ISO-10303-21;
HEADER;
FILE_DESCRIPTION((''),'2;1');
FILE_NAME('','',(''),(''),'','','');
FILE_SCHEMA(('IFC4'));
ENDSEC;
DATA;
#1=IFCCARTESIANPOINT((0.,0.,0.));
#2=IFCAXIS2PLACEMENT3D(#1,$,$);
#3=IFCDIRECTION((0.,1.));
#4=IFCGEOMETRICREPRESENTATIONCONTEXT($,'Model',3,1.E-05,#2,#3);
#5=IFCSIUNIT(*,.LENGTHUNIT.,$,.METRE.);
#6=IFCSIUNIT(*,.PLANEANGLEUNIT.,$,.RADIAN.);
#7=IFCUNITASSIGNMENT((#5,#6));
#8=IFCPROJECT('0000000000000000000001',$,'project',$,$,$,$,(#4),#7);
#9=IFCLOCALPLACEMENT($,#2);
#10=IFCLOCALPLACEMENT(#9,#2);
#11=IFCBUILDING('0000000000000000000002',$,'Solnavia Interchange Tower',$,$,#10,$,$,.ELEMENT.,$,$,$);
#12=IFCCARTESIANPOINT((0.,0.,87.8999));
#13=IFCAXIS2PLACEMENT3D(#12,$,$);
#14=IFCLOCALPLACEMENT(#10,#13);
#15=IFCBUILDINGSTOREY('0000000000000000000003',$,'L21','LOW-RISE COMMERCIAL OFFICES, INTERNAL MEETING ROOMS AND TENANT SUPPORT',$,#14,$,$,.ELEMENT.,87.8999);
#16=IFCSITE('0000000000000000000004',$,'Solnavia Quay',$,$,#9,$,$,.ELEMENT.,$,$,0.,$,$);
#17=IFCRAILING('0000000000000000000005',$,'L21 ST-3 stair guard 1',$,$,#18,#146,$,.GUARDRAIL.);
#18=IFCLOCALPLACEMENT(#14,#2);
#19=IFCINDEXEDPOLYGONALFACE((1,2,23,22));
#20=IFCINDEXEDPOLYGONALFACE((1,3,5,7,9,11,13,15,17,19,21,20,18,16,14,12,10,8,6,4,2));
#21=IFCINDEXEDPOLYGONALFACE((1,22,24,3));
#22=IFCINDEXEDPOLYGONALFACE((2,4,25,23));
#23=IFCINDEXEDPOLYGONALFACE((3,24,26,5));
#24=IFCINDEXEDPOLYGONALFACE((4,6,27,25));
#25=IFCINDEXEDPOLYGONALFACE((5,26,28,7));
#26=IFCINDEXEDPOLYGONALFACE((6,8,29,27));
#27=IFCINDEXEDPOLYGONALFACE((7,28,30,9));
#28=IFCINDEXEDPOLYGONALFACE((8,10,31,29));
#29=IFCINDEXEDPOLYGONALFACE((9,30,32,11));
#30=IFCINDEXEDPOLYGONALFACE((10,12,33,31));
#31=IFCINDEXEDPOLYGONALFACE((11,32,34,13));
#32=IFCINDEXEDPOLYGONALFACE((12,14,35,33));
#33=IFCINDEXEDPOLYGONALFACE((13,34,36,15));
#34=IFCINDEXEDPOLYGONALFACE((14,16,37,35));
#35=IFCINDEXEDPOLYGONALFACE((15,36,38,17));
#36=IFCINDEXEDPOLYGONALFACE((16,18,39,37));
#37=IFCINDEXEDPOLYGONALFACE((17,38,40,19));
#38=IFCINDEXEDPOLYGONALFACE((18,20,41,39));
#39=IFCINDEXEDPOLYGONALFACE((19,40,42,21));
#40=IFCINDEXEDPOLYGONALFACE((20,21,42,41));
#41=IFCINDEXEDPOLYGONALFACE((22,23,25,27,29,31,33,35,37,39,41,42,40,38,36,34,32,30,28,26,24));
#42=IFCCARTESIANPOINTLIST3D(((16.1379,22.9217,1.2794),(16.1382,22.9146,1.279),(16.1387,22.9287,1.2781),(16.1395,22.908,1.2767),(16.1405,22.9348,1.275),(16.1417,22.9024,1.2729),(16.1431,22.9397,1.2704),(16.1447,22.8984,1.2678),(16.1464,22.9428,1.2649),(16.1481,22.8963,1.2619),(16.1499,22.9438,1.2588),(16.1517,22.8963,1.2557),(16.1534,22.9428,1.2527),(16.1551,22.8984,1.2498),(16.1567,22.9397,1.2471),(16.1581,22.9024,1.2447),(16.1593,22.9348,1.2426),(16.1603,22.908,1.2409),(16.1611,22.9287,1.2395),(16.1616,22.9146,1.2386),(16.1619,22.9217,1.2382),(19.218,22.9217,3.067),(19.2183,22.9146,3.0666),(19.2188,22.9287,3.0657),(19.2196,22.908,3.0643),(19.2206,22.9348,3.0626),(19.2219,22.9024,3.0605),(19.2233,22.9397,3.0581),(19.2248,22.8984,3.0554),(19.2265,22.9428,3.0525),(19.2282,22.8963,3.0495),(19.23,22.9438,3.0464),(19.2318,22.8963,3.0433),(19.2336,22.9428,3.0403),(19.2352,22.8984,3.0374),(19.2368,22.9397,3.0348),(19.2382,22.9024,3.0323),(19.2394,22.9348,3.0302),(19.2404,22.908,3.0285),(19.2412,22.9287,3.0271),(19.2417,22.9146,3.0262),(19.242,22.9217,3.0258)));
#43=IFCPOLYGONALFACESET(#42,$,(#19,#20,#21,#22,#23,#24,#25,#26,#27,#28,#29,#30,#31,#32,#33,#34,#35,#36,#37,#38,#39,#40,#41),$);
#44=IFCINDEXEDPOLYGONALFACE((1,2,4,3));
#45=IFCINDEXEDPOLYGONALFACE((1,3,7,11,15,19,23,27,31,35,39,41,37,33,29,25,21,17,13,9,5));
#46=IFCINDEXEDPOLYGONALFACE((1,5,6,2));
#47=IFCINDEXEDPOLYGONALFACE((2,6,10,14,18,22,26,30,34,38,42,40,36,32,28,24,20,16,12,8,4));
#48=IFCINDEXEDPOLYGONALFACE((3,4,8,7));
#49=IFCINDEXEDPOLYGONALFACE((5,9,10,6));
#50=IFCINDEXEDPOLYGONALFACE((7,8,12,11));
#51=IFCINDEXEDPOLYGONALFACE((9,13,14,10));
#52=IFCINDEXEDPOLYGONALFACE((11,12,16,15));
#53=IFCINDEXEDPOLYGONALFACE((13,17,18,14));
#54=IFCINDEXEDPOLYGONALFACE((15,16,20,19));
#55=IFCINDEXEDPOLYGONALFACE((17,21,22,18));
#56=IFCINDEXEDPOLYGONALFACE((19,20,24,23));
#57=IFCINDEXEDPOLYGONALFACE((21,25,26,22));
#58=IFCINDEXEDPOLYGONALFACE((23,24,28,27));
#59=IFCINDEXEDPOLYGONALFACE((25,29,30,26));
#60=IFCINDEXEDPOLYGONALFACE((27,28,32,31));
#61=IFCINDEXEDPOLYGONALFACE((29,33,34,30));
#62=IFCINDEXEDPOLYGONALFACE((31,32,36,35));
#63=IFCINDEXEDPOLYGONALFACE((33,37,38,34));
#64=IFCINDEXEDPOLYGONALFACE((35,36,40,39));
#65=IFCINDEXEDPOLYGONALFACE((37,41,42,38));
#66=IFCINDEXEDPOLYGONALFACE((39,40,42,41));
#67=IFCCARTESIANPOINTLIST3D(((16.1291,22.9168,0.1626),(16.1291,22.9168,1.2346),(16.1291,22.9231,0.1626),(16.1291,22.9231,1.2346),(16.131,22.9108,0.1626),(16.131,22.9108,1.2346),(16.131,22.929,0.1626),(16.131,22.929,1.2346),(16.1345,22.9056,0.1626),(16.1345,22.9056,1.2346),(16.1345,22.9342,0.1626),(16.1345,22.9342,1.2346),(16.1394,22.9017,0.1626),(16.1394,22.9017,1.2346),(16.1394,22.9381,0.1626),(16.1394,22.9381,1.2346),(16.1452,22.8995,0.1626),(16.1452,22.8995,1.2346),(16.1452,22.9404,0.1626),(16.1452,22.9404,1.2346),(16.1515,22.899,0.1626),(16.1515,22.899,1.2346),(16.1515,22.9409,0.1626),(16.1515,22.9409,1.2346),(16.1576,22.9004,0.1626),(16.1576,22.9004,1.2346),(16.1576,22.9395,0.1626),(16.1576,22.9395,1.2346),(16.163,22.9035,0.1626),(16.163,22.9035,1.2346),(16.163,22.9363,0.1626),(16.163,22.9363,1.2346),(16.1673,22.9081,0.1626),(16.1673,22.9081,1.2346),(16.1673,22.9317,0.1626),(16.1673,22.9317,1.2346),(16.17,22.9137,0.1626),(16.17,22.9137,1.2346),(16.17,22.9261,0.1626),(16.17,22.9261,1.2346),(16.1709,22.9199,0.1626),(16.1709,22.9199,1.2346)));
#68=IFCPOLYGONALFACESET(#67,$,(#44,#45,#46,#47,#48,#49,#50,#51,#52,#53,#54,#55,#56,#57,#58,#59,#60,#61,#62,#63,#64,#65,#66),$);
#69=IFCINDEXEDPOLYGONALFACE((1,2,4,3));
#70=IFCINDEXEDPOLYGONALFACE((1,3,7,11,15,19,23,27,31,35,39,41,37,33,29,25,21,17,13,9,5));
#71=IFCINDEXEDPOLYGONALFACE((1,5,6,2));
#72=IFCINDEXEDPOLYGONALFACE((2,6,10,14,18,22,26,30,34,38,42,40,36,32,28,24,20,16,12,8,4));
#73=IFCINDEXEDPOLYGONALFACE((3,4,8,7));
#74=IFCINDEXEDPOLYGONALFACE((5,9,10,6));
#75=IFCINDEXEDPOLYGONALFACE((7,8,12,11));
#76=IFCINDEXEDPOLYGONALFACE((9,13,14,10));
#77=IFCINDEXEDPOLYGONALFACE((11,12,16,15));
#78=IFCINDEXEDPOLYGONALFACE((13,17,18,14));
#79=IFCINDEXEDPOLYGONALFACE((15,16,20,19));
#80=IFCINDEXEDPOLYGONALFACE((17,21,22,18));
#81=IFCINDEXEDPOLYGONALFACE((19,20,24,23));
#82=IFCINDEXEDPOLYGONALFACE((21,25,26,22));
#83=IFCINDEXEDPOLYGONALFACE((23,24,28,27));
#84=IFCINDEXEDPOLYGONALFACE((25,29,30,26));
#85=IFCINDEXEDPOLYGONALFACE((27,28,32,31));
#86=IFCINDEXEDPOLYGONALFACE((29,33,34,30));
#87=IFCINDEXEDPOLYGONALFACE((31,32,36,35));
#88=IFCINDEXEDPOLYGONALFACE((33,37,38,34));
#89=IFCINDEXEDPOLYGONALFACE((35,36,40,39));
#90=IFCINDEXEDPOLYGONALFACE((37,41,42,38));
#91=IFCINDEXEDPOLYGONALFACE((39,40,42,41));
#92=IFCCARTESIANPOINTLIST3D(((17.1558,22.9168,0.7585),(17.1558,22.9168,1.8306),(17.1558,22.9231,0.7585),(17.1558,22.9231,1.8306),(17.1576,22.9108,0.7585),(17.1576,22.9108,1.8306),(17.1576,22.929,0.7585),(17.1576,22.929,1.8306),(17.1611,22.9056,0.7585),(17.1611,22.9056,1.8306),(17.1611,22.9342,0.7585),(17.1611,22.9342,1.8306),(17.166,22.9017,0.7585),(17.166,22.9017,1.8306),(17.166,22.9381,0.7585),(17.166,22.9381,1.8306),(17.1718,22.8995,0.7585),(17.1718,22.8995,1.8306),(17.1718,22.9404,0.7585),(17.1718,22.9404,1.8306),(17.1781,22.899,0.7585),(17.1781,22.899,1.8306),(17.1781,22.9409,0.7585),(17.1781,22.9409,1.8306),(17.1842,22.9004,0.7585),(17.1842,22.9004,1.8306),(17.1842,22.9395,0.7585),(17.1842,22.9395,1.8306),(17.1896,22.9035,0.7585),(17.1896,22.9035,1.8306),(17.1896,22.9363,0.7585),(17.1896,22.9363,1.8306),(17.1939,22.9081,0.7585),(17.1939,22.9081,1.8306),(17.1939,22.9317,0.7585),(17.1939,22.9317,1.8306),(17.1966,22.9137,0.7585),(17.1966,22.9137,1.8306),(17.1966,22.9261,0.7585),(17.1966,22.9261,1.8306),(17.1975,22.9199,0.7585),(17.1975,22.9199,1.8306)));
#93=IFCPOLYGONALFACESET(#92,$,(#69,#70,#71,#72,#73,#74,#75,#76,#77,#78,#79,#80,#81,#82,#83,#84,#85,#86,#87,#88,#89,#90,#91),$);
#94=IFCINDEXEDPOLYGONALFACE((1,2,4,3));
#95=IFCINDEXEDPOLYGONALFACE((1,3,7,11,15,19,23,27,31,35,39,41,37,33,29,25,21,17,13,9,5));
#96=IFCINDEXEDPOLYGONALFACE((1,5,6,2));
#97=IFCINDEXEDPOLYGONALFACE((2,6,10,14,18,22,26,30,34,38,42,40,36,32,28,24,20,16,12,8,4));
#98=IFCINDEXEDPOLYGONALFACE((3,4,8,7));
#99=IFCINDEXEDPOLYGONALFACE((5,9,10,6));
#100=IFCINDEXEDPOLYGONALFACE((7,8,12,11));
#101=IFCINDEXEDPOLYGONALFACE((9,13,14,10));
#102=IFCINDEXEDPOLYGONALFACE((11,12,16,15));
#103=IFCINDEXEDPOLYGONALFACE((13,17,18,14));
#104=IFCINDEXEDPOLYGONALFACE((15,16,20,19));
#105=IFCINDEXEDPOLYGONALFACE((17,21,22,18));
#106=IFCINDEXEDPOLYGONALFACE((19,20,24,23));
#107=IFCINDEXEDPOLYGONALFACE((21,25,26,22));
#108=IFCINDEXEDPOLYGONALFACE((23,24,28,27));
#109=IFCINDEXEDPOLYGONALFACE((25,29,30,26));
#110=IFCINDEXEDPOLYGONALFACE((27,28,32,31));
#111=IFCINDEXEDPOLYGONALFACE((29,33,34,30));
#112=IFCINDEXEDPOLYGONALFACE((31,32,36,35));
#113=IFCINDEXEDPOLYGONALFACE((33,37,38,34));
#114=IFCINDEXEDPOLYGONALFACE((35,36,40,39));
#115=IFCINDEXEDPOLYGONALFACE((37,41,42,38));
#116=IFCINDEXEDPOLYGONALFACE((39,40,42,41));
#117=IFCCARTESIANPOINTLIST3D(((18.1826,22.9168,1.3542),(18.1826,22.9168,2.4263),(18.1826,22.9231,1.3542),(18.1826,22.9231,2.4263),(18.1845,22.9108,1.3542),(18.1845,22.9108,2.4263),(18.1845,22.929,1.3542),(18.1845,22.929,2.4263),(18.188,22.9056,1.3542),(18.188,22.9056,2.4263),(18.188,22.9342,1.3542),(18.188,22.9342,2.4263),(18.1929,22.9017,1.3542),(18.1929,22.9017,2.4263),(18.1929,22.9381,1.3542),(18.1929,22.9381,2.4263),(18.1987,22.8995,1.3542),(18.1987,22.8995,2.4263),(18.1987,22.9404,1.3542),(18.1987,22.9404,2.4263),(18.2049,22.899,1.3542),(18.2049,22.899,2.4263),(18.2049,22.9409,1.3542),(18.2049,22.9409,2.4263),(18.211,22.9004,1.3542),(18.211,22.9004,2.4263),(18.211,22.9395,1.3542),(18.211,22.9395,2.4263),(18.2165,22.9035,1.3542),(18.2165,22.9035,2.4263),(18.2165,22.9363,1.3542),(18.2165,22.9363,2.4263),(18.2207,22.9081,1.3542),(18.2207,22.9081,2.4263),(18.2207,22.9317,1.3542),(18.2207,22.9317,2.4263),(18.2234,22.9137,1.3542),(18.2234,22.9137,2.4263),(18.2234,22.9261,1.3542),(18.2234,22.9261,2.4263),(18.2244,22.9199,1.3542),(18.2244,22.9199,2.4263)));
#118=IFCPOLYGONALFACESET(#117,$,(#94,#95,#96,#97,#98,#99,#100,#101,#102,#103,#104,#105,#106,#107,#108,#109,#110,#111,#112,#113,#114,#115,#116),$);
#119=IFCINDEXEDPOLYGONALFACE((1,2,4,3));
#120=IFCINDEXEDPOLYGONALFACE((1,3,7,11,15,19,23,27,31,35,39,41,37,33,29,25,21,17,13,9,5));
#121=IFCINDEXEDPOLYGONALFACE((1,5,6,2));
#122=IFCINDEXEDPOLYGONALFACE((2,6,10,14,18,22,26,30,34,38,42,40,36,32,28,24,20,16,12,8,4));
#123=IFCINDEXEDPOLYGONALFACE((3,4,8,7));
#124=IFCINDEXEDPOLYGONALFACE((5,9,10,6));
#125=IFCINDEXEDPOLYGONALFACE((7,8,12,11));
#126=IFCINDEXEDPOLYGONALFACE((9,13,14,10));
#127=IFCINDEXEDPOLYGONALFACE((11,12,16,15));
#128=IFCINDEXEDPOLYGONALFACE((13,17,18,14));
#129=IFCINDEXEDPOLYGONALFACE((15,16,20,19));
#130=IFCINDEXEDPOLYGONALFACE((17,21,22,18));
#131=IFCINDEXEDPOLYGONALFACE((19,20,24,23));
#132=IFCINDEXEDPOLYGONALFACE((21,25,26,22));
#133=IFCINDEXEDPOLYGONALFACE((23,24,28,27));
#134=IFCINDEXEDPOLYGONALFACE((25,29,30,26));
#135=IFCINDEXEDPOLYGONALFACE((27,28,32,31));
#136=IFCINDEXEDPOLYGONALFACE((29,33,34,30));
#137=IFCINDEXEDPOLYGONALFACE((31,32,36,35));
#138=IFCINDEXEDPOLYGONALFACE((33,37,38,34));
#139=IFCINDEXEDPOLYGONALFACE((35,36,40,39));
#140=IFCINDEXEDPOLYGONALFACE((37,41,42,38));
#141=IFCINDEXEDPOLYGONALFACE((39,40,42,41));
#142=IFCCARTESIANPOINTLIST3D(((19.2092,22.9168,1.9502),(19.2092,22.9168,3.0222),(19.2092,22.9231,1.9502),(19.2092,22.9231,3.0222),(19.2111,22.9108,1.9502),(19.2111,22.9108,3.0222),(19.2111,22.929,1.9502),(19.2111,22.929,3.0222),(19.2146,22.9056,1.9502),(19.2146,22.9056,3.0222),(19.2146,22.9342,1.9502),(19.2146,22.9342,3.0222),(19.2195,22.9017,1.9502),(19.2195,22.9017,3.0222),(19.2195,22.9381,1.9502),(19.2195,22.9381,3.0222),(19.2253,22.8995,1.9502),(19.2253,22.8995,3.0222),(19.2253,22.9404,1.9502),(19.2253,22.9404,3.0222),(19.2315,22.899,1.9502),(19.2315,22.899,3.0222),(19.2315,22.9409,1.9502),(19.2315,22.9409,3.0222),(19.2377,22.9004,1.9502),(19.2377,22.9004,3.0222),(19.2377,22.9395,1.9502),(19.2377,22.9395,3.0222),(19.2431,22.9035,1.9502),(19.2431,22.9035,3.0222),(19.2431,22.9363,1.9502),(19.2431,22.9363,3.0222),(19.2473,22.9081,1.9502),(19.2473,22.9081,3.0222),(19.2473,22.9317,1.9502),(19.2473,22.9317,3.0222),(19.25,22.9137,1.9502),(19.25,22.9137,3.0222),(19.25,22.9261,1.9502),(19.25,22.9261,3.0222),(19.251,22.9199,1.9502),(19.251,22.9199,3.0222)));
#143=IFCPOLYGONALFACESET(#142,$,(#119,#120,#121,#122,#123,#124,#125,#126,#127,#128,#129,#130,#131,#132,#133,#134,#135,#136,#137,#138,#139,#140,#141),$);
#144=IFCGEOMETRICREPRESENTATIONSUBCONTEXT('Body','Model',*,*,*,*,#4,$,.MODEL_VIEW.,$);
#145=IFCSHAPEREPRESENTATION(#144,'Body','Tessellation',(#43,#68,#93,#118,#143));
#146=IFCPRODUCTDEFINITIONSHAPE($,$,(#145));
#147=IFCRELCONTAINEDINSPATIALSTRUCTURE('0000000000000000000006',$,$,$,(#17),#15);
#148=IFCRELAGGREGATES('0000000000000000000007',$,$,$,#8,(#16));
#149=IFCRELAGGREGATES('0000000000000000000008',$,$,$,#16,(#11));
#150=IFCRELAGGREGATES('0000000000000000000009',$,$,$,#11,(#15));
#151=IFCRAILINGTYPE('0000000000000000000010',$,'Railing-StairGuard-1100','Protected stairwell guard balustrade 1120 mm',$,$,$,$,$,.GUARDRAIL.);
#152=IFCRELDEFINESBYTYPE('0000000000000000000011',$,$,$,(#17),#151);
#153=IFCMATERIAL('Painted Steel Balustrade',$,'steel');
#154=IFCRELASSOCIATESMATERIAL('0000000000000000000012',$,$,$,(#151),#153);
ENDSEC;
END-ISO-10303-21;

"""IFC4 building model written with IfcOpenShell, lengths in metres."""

from ifc_helpers import new_model, si_unit, direction, frame, origin, origin_2d, place, context, subcontext, project, spatial, circle, extrude, material, type_object, element, save


model = new_model("IFC4")

# Units and contexts
model_context = context("Model", 3, precision=1e-05, world=origin(), true_north=direction((0.0, 1.0)))
body_context = subcontext(model_context, "Body", "Model", "MODEL_VIEW")
ifc_project = project(units=[si_unit("LENGTHUNIT", "METRE"), si_unit("PLANEANGLEUNIT", "RADIAN")], contexts=[model_context])

# Site, building, storey
site_placement = place(None, origin())
site = spatial("IfcSite", under=ifc_project, at=site_placement, Name="Solnavia Quay", CompositionType="ELEMENT", RefElevation=0.0)
building_placement = place(site_placement, origin())
building = spatial("IfcBuilding", under=site, at=building_placement, Name="Solnavia Interchange Tower", CompositionType="ELEMENT")
storey_placement = place(building_placement, frame((0.0, 0.0, 87.8999)))
storey = spatial("IfcBuildingStorey", under=building, at=storey_placement, Name="L21", Description="LOW-RISE COMMERCIAL OFFICES, INTERNAL MEETING ROOMS AND TENANT SUPPORT", CompositionType="ELEMENT", Elevation=87.8999)

# Railing
ifc_material_1 = material(Name="Painted Steel Balustrade", Category="steel")
railing_type_1 = type_object("IfcRailingType", Name="Railing-StairGuard-1100", Description="Protected stairwell guard balustrade 1120 mm", PredefinedType="GUARDRAIL", material=ifc_material_1)
railing_1_placement = place(storey_placement, frame((16.1499, 22.9199, 0.1626)))
element("IfcRailing", 1, at=railing_1_placement, inside=storey, type_object=railing_type_1, Name="L21 ST-3 stair guard 1", PredefinedType="GUARDRAIL", context=body_context, shape_type="SweptSolid", body=[
    extrude(circle(Radius=0.0239, at=origin_2d()), frame((0.0, 0.0, 1.0962), z_axis=(0.864891, 0.0, 0.50196), x_axis=(0.0, 1.0, 0.0)), (0.0, 0.0, 1.0), 3.5613),
    extrude(circle(Radius=0.021, at=origin_2d()), origin(), (0.0, 0.0, 1.0), 1.072),
    extrude(circle(Radius=0.021, at=origin_2d()), frame((1.0266, 0.0, 0.5959)), (0.0, 0.0, 1.0), 1.072),
    extrude(circle(Radius=0.021, at=origin_2d()), frame((2.0535, 0.0, 1.1917)), (0.0, 0.0, 1.0), 1.072),
    extrude(circle(Radius=0.021, at=origin_2d()), frame((3.0801, 0.0, 1.7876)), (0.0, 0.0, 1.0), 1.072),
])

save(model, "model.ifc")
